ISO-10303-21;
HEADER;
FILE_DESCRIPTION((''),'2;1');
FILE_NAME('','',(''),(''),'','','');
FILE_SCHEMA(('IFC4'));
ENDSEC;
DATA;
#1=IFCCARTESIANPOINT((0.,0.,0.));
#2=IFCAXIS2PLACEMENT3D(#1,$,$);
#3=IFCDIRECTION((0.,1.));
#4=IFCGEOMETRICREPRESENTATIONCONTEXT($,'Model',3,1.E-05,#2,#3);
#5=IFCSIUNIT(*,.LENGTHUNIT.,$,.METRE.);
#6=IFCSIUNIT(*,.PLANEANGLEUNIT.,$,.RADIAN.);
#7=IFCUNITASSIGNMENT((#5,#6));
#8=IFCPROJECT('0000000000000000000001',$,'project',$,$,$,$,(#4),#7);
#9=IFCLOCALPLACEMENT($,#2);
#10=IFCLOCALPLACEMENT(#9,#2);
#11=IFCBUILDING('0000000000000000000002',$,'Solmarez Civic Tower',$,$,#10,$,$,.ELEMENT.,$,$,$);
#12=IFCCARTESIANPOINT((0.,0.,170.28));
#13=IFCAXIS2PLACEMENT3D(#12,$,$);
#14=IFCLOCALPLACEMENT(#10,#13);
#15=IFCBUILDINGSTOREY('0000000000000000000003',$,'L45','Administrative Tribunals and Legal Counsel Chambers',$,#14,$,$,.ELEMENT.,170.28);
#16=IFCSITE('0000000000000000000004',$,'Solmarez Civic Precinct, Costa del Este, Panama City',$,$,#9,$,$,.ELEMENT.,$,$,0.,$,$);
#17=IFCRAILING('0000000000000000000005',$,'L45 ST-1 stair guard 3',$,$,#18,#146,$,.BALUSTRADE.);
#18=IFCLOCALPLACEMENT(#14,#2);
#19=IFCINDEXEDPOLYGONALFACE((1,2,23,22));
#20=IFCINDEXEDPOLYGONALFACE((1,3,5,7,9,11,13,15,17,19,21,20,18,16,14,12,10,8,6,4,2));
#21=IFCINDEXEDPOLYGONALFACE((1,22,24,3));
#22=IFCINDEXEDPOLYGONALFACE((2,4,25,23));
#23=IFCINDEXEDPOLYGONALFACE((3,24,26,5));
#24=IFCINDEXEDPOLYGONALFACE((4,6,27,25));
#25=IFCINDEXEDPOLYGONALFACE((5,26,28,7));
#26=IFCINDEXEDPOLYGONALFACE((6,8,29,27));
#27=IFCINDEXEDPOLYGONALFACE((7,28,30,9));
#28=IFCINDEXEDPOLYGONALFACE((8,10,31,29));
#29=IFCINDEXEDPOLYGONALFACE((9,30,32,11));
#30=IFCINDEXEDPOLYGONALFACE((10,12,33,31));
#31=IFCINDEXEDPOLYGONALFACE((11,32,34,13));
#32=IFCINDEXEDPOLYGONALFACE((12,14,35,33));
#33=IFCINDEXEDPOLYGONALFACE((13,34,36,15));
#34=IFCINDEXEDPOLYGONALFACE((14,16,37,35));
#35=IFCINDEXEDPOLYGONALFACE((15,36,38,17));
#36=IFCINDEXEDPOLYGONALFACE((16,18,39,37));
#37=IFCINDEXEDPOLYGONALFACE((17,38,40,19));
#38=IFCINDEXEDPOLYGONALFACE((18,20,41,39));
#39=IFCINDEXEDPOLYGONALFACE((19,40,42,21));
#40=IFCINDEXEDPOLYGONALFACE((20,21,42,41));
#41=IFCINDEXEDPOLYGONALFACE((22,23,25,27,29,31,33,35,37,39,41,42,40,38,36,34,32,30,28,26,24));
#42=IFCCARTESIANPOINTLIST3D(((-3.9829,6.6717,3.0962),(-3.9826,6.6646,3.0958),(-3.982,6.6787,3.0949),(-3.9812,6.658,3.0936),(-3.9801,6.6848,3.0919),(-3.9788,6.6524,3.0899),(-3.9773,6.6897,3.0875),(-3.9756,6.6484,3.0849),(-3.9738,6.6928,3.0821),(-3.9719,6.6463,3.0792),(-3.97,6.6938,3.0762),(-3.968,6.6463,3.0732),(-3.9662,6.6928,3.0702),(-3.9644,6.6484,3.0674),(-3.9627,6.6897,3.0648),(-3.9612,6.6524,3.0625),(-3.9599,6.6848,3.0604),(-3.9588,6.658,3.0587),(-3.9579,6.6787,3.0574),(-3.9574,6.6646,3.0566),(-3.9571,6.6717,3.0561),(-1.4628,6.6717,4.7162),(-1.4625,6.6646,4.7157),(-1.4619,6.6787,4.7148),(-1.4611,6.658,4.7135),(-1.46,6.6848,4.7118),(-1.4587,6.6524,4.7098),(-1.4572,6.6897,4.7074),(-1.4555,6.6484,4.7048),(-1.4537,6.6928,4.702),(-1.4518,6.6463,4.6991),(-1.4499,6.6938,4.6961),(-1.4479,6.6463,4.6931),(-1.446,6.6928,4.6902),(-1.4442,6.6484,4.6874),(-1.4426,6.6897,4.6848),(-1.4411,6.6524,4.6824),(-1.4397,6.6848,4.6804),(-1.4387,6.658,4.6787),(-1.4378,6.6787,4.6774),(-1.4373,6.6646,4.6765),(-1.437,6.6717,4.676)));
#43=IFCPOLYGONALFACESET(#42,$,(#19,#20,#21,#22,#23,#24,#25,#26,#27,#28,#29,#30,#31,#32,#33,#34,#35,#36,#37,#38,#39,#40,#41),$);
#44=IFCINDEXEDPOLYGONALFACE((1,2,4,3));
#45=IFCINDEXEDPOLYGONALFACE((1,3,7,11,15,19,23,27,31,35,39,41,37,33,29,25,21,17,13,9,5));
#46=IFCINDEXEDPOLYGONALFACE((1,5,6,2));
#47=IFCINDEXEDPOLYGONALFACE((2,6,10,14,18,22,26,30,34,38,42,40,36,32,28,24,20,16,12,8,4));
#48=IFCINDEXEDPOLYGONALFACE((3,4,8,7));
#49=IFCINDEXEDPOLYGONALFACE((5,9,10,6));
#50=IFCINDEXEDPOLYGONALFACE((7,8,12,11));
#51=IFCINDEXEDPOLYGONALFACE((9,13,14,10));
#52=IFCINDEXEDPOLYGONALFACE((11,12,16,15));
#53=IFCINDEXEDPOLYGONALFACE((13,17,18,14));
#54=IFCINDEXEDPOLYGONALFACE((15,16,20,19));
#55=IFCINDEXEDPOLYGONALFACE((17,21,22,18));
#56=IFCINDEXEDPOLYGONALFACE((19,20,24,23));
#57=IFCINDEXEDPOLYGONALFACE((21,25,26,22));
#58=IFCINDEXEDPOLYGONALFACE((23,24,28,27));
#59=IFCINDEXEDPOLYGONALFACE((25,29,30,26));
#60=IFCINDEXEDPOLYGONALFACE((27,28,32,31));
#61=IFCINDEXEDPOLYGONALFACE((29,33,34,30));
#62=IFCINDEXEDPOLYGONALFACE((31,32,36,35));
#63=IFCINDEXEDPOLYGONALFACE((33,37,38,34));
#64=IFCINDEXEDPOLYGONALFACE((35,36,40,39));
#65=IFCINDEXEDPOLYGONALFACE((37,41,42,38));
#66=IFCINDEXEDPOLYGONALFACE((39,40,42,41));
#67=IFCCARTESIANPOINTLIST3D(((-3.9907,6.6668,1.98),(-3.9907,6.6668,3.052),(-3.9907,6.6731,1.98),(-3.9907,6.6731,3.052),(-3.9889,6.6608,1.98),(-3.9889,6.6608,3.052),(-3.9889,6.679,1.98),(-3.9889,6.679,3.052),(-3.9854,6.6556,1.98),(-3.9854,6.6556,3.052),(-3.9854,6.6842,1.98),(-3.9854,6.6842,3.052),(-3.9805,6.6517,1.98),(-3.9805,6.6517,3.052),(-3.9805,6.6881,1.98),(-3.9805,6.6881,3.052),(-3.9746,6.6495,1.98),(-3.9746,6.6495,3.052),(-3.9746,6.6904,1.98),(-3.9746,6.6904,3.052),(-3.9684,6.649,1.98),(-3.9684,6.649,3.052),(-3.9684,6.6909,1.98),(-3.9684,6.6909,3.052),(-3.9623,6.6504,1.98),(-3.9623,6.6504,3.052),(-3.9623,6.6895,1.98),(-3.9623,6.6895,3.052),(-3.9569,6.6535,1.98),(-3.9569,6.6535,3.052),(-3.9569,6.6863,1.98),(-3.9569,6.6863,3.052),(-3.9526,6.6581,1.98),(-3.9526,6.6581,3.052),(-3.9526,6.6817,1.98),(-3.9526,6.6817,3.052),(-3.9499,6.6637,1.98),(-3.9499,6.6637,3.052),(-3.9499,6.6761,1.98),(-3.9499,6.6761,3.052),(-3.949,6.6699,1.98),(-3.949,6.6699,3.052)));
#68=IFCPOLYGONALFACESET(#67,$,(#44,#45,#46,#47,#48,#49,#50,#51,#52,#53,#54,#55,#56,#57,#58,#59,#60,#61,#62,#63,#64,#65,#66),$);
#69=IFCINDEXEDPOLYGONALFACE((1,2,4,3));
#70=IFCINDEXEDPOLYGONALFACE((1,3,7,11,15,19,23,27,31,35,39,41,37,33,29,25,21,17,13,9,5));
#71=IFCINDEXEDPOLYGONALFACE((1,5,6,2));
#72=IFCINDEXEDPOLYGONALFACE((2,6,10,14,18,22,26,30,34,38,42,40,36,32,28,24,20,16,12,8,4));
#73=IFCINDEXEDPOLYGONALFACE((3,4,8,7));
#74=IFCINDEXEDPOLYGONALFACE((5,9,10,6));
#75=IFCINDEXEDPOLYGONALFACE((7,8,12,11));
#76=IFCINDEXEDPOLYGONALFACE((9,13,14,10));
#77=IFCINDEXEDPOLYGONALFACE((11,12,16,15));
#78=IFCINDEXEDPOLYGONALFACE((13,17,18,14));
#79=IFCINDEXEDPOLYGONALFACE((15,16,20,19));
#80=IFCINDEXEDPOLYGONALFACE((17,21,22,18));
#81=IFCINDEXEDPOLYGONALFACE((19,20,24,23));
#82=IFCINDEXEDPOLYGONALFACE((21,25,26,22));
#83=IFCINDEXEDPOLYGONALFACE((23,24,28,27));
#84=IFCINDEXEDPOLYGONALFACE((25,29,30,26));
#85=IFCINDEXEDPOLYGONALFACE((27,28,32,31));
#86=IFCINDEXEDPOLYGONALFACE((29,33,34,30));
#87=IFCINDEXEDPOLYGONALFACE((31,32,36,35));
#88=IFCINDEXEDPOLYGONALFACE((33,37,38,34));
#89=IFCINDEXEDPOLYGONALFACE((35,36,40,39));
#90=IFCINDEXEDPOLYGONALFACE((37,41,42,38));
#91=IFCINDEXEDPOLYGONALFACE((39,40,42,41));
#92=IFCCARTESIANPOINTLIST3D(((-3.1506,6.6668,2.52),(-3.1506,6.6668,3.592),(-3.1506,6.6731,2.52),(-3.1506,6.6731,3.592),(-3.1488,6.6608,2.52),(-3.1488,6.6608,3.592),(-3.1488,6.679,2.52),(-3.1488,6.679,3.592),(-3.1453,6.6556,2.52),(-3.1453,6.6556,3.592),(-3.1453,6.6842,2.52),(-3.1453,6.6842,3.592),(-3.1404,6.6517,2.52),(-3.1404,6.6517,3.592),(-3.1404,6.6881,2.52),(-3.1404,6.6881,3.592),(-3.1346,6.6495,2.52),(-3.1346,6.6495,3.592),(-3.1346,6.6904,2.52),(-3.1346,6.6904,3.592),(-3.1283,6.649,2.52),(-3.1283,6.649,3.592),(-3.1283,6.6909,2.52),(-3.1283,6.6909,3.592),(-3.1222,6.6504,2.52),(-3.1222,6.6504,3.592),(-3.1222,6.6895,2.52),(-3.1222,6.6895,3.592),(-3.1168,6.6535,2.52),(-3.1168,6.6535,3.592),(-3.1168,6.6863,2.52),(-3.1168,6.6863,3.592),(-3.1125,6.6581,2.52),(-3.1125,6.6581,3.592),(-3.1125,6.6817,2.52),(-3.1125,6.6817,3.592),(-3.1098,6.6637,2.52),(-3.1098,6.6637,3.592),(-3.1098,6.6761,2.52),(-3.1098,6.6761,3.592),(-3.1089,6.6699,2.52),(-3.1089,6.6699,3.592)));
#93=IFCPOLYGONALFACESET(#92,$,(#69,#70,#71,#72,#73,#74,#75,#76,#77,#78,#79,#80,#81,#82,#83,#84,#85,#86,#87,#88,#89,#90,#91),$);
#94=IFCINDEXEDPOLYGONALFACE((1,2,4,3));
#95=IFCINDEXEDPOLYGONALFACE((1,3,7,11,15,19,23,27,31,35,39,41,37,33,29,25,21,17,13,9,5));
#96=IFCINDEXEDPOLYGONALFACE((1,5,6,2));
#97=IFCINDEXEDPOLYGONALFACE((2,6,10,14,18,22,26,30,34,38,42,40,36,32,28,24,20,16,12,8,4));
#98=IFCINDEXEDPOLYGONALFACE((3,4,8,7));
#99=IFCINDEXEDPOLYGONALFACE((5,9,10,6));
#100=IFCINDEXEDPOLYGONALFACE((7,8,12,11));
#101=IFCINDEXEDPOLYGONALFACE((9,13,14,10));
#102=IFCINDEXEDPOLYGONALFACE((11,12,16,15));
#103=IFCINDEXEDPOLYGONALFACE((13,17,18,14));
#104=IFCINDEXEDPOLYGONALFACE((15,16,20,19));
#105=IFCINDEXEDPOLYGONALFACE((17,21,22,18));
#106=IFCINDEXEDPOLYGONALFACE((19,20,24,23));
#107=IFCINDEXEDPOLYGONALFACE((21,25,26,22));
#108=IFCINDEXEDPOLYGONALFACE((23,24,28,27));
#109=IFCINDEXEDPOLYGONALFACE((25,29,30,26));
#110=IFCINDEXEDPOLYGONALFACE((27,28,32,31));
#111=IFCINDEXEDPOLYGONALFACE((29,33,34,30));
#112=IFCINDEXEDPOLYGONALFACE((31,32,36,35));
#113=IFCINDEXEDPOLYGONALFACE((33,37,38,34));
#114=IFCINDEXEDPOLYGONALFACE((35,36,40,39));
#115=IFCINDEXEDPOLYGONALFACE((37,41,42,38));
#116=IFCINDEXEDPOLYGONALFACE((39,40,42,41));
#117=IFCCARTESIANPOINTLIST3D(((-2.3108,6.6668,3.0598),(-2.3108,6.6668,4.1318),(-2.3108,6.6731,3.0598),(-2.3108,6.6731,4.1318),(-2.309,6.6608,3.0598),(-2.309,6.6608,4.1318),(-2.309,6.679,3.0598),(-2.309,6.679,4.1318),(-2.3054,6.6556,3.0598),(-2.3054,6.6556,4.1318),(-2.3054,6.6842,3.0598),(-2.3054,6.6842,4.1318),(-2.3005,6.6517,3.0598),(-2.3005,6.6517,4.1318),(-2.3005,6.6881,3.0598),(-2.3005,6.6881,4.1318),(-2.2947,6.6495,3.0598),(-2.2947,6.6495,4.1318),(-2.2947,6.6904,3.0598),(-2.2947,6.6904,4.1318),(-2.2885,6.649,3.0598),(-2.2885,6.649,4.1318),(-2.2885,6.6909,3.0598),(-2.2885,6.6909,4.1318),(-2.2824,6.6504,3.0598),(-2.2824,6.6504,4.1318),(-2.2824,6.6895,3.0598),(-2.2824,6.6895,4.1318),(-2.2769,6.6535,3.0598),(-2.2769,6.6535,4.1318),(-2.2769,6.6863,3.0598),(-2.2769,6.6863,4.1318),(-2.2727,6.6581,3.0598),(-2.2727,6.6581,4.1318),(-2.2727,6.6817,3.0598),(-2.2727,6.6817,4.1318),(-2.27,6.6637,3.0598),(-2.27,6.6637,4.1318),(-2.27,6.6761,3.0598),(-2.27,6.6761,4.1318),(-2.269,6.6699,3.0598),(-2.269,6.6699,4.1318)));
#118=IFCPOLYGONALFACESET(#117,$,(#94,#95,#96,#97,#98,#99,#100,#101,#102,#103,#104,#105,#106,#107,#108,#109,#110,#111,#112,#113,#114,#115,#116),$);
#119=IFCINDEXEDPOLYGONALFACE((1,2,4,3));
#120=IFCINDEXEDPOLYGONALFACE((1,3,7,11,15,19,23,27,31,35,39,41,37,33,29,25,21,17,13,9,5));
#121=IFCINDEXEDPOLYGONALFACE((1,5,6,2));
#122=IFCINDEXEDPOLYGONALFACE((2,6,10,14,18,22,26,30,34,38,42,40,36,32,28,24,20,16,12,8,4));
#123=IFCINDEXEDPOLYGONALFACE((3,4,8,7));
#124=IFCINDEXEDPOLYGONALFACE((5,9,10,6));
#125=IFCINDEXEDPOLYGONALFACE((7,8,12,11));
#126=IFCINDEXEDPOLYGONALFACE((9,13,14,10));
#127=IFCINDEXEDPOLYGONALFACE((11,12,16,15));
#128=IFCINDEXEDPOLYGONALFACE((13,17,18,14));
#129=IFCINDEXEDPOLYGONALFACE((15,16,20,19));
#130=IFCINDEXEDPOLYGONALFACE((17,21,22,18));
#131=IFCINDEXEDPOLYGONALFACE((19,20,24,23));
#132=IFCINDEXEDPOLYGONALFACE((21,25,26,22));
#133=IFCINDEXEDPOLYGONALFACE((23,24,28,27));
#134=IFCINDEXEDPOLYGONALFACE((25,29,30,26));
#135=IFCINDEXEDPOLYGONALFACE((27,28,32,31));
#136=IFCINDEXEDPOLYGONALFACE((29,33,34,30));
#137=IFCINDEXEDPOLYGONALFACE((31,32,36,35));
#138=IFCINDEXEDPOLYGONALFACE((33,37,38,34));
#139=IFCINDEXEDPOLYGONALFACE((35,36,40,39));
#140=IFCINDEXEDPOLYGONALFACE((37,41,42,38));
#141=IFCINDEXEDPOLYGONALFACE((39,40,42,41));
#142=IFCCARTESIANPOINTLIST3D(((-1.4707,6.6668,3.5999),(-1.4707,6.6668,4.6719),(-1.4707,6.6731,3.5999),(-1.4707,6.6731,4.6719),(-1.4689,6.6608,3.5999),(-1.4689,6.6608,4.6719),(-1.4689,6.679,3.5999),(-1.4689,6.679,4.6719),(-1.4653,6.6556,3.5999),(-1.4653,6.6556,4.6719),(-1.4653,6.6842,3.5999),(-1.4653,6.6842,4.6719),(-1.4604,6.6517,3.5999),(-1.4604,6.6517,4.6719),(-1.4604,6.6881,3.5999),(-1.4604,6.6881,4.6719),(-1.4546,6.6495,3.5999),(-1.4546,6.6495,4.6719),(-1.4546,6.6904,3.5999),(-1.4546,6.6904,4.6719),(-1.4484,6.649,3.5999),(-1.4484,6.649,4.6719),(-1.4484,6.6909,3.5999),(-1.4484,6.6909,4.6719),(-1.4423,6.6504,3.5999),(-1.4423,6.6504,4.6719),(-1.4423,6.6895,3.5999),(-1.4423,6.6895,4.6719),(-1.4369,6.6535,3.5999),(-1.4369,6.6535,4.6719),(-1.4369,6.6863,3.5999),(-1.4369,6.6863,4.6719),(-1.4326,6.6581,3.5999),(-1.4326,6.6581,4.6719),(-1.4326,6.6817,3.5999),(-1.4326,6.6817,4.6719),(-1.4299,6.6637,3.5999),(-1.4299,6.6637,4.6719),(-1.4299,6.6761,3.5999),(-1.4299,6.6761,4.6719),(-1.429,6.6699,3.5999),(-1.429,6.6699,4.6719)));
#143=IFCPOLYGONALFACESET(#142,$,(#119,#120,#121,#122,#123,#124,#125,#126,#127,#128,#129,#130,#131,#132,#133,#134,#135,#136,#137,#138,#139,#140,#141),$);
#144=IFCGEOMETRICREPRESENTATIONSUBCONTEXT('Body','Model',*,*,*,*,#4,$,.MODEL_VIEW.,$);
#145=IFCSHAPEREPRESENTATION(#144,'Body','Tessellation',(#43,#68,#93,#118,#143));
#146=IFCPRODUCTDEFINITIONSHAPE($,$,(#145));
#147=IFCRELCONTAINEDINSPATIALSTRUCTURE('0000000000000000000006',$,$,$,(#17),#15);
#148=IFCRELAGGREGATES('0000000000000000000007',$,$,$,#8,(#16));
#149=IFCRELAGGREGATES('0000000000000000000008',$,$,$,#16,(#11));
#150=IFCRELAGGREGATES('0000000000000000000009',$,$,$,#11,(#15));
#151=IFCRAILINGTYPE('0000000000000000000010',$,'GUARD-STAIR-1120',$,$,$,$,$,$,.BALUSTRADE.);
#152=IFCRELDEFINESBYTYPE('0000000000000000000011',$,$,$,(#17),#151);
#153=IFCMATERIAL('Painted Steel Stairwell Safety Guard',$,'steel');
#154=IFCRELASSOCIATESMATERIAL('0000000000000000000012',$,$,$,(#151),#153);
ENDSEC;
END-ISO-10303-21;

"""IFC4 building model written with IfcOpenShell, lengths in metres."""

from ifc_helpers import new_model, si_unit, direction, frame, origin, origin_2d, place, context, subcontext, project, spatial, circle, extrude, material, type_object, element, save


model = new_model("IFC4")

# Units and contexts
model_context = context("Model", 3, precision=1e-05, world=origin(), true_north=direction((0.0, 1.0)))
body_context = subcontext(model_context, "Body", "Model", "MODEL_VIEW")
ifc_project = project(units=[si_unit("LENGTHUNIT", "METRE"), si_unit("PLANEANGLEUNIT", "RADIAN")], contexts=[model_context])

# Site, building, storey
site_placement = place(None, origin())
site = spatial("IfcSite", under=ifc_project, at=site_placement, Name="Solmarez Civic Precinct, Costa del Este, Panama City", CompositionType="ELEMENT", RefElevation=0.0)
building_placement = place(site_placement, origin())
building = spatial("IfcBuilding", under=site, at=building_placement, Name="Solmarez Civic Tower", CompositionType="ELEMENT")
storey_placement = place(building_placement, frame((0.0, 0.0, 170.28)))
storey = spatial("IfcBuildingStorey", under=building, at=storey_placement, Name="L45", Description="Administrative Tribunals and Legal Counsel Chambers", CompositionType="ELEMENT", Elevation=170.28)

# Railing
ifc_material_1 = material(Name="Painted Steel Stairwell Safety Guard", Category="steel")
railing_type_1 = type_object("IfcRailingType", Name="GUARD-STAIR-1120", PredefinedType="BALUSTRADE", material=ifc_material_1)
railing_1_placement = place(storey_placement, frame((-3.97, 6.6699, 1.98)))
element("IfcRailing", 1, at=railing_1_placement, inside=storey, type_object=railing_type_1, Name="L45 ST-1 stair guard 3", PredefinedType="BALUSTRADE", context=body_context, shape_type="SweptSolid", body=[
    extrude(circle(Radius=0.0239, at=origin_2d()), frame((0.0, 0.0, 1.0962), z_axis=(0.8412, 0.0, 0.540725), x_axis=(0.0, 1.0, 0.0)), (0.0, 0.0, 1.0), 2.9958),
    extrude(circle(Radius=0.021, at=origin_2d()), origin(), (0.0, 0.0, 1.0), 1.072),
    extrude(circle(Radius=0.021, at=origin_2d()), frame((0.8401, 0.0, 0.54)), (0.0, 0.0, 1.0), 1.072),
    extrude(circle(Radius=0.021, at=origin_2d()), frame((1.6799, 0.0, 1.0798)), (0.0, 0.0, 1.0), 1.072),
    extrude(circle(Radius=0.021, at=origin_2d()), frame((2.52, 0.0, 1.6199)), (0.0, 0.0, 1.0), 1.072),
])

save(model, "model.ifc")
